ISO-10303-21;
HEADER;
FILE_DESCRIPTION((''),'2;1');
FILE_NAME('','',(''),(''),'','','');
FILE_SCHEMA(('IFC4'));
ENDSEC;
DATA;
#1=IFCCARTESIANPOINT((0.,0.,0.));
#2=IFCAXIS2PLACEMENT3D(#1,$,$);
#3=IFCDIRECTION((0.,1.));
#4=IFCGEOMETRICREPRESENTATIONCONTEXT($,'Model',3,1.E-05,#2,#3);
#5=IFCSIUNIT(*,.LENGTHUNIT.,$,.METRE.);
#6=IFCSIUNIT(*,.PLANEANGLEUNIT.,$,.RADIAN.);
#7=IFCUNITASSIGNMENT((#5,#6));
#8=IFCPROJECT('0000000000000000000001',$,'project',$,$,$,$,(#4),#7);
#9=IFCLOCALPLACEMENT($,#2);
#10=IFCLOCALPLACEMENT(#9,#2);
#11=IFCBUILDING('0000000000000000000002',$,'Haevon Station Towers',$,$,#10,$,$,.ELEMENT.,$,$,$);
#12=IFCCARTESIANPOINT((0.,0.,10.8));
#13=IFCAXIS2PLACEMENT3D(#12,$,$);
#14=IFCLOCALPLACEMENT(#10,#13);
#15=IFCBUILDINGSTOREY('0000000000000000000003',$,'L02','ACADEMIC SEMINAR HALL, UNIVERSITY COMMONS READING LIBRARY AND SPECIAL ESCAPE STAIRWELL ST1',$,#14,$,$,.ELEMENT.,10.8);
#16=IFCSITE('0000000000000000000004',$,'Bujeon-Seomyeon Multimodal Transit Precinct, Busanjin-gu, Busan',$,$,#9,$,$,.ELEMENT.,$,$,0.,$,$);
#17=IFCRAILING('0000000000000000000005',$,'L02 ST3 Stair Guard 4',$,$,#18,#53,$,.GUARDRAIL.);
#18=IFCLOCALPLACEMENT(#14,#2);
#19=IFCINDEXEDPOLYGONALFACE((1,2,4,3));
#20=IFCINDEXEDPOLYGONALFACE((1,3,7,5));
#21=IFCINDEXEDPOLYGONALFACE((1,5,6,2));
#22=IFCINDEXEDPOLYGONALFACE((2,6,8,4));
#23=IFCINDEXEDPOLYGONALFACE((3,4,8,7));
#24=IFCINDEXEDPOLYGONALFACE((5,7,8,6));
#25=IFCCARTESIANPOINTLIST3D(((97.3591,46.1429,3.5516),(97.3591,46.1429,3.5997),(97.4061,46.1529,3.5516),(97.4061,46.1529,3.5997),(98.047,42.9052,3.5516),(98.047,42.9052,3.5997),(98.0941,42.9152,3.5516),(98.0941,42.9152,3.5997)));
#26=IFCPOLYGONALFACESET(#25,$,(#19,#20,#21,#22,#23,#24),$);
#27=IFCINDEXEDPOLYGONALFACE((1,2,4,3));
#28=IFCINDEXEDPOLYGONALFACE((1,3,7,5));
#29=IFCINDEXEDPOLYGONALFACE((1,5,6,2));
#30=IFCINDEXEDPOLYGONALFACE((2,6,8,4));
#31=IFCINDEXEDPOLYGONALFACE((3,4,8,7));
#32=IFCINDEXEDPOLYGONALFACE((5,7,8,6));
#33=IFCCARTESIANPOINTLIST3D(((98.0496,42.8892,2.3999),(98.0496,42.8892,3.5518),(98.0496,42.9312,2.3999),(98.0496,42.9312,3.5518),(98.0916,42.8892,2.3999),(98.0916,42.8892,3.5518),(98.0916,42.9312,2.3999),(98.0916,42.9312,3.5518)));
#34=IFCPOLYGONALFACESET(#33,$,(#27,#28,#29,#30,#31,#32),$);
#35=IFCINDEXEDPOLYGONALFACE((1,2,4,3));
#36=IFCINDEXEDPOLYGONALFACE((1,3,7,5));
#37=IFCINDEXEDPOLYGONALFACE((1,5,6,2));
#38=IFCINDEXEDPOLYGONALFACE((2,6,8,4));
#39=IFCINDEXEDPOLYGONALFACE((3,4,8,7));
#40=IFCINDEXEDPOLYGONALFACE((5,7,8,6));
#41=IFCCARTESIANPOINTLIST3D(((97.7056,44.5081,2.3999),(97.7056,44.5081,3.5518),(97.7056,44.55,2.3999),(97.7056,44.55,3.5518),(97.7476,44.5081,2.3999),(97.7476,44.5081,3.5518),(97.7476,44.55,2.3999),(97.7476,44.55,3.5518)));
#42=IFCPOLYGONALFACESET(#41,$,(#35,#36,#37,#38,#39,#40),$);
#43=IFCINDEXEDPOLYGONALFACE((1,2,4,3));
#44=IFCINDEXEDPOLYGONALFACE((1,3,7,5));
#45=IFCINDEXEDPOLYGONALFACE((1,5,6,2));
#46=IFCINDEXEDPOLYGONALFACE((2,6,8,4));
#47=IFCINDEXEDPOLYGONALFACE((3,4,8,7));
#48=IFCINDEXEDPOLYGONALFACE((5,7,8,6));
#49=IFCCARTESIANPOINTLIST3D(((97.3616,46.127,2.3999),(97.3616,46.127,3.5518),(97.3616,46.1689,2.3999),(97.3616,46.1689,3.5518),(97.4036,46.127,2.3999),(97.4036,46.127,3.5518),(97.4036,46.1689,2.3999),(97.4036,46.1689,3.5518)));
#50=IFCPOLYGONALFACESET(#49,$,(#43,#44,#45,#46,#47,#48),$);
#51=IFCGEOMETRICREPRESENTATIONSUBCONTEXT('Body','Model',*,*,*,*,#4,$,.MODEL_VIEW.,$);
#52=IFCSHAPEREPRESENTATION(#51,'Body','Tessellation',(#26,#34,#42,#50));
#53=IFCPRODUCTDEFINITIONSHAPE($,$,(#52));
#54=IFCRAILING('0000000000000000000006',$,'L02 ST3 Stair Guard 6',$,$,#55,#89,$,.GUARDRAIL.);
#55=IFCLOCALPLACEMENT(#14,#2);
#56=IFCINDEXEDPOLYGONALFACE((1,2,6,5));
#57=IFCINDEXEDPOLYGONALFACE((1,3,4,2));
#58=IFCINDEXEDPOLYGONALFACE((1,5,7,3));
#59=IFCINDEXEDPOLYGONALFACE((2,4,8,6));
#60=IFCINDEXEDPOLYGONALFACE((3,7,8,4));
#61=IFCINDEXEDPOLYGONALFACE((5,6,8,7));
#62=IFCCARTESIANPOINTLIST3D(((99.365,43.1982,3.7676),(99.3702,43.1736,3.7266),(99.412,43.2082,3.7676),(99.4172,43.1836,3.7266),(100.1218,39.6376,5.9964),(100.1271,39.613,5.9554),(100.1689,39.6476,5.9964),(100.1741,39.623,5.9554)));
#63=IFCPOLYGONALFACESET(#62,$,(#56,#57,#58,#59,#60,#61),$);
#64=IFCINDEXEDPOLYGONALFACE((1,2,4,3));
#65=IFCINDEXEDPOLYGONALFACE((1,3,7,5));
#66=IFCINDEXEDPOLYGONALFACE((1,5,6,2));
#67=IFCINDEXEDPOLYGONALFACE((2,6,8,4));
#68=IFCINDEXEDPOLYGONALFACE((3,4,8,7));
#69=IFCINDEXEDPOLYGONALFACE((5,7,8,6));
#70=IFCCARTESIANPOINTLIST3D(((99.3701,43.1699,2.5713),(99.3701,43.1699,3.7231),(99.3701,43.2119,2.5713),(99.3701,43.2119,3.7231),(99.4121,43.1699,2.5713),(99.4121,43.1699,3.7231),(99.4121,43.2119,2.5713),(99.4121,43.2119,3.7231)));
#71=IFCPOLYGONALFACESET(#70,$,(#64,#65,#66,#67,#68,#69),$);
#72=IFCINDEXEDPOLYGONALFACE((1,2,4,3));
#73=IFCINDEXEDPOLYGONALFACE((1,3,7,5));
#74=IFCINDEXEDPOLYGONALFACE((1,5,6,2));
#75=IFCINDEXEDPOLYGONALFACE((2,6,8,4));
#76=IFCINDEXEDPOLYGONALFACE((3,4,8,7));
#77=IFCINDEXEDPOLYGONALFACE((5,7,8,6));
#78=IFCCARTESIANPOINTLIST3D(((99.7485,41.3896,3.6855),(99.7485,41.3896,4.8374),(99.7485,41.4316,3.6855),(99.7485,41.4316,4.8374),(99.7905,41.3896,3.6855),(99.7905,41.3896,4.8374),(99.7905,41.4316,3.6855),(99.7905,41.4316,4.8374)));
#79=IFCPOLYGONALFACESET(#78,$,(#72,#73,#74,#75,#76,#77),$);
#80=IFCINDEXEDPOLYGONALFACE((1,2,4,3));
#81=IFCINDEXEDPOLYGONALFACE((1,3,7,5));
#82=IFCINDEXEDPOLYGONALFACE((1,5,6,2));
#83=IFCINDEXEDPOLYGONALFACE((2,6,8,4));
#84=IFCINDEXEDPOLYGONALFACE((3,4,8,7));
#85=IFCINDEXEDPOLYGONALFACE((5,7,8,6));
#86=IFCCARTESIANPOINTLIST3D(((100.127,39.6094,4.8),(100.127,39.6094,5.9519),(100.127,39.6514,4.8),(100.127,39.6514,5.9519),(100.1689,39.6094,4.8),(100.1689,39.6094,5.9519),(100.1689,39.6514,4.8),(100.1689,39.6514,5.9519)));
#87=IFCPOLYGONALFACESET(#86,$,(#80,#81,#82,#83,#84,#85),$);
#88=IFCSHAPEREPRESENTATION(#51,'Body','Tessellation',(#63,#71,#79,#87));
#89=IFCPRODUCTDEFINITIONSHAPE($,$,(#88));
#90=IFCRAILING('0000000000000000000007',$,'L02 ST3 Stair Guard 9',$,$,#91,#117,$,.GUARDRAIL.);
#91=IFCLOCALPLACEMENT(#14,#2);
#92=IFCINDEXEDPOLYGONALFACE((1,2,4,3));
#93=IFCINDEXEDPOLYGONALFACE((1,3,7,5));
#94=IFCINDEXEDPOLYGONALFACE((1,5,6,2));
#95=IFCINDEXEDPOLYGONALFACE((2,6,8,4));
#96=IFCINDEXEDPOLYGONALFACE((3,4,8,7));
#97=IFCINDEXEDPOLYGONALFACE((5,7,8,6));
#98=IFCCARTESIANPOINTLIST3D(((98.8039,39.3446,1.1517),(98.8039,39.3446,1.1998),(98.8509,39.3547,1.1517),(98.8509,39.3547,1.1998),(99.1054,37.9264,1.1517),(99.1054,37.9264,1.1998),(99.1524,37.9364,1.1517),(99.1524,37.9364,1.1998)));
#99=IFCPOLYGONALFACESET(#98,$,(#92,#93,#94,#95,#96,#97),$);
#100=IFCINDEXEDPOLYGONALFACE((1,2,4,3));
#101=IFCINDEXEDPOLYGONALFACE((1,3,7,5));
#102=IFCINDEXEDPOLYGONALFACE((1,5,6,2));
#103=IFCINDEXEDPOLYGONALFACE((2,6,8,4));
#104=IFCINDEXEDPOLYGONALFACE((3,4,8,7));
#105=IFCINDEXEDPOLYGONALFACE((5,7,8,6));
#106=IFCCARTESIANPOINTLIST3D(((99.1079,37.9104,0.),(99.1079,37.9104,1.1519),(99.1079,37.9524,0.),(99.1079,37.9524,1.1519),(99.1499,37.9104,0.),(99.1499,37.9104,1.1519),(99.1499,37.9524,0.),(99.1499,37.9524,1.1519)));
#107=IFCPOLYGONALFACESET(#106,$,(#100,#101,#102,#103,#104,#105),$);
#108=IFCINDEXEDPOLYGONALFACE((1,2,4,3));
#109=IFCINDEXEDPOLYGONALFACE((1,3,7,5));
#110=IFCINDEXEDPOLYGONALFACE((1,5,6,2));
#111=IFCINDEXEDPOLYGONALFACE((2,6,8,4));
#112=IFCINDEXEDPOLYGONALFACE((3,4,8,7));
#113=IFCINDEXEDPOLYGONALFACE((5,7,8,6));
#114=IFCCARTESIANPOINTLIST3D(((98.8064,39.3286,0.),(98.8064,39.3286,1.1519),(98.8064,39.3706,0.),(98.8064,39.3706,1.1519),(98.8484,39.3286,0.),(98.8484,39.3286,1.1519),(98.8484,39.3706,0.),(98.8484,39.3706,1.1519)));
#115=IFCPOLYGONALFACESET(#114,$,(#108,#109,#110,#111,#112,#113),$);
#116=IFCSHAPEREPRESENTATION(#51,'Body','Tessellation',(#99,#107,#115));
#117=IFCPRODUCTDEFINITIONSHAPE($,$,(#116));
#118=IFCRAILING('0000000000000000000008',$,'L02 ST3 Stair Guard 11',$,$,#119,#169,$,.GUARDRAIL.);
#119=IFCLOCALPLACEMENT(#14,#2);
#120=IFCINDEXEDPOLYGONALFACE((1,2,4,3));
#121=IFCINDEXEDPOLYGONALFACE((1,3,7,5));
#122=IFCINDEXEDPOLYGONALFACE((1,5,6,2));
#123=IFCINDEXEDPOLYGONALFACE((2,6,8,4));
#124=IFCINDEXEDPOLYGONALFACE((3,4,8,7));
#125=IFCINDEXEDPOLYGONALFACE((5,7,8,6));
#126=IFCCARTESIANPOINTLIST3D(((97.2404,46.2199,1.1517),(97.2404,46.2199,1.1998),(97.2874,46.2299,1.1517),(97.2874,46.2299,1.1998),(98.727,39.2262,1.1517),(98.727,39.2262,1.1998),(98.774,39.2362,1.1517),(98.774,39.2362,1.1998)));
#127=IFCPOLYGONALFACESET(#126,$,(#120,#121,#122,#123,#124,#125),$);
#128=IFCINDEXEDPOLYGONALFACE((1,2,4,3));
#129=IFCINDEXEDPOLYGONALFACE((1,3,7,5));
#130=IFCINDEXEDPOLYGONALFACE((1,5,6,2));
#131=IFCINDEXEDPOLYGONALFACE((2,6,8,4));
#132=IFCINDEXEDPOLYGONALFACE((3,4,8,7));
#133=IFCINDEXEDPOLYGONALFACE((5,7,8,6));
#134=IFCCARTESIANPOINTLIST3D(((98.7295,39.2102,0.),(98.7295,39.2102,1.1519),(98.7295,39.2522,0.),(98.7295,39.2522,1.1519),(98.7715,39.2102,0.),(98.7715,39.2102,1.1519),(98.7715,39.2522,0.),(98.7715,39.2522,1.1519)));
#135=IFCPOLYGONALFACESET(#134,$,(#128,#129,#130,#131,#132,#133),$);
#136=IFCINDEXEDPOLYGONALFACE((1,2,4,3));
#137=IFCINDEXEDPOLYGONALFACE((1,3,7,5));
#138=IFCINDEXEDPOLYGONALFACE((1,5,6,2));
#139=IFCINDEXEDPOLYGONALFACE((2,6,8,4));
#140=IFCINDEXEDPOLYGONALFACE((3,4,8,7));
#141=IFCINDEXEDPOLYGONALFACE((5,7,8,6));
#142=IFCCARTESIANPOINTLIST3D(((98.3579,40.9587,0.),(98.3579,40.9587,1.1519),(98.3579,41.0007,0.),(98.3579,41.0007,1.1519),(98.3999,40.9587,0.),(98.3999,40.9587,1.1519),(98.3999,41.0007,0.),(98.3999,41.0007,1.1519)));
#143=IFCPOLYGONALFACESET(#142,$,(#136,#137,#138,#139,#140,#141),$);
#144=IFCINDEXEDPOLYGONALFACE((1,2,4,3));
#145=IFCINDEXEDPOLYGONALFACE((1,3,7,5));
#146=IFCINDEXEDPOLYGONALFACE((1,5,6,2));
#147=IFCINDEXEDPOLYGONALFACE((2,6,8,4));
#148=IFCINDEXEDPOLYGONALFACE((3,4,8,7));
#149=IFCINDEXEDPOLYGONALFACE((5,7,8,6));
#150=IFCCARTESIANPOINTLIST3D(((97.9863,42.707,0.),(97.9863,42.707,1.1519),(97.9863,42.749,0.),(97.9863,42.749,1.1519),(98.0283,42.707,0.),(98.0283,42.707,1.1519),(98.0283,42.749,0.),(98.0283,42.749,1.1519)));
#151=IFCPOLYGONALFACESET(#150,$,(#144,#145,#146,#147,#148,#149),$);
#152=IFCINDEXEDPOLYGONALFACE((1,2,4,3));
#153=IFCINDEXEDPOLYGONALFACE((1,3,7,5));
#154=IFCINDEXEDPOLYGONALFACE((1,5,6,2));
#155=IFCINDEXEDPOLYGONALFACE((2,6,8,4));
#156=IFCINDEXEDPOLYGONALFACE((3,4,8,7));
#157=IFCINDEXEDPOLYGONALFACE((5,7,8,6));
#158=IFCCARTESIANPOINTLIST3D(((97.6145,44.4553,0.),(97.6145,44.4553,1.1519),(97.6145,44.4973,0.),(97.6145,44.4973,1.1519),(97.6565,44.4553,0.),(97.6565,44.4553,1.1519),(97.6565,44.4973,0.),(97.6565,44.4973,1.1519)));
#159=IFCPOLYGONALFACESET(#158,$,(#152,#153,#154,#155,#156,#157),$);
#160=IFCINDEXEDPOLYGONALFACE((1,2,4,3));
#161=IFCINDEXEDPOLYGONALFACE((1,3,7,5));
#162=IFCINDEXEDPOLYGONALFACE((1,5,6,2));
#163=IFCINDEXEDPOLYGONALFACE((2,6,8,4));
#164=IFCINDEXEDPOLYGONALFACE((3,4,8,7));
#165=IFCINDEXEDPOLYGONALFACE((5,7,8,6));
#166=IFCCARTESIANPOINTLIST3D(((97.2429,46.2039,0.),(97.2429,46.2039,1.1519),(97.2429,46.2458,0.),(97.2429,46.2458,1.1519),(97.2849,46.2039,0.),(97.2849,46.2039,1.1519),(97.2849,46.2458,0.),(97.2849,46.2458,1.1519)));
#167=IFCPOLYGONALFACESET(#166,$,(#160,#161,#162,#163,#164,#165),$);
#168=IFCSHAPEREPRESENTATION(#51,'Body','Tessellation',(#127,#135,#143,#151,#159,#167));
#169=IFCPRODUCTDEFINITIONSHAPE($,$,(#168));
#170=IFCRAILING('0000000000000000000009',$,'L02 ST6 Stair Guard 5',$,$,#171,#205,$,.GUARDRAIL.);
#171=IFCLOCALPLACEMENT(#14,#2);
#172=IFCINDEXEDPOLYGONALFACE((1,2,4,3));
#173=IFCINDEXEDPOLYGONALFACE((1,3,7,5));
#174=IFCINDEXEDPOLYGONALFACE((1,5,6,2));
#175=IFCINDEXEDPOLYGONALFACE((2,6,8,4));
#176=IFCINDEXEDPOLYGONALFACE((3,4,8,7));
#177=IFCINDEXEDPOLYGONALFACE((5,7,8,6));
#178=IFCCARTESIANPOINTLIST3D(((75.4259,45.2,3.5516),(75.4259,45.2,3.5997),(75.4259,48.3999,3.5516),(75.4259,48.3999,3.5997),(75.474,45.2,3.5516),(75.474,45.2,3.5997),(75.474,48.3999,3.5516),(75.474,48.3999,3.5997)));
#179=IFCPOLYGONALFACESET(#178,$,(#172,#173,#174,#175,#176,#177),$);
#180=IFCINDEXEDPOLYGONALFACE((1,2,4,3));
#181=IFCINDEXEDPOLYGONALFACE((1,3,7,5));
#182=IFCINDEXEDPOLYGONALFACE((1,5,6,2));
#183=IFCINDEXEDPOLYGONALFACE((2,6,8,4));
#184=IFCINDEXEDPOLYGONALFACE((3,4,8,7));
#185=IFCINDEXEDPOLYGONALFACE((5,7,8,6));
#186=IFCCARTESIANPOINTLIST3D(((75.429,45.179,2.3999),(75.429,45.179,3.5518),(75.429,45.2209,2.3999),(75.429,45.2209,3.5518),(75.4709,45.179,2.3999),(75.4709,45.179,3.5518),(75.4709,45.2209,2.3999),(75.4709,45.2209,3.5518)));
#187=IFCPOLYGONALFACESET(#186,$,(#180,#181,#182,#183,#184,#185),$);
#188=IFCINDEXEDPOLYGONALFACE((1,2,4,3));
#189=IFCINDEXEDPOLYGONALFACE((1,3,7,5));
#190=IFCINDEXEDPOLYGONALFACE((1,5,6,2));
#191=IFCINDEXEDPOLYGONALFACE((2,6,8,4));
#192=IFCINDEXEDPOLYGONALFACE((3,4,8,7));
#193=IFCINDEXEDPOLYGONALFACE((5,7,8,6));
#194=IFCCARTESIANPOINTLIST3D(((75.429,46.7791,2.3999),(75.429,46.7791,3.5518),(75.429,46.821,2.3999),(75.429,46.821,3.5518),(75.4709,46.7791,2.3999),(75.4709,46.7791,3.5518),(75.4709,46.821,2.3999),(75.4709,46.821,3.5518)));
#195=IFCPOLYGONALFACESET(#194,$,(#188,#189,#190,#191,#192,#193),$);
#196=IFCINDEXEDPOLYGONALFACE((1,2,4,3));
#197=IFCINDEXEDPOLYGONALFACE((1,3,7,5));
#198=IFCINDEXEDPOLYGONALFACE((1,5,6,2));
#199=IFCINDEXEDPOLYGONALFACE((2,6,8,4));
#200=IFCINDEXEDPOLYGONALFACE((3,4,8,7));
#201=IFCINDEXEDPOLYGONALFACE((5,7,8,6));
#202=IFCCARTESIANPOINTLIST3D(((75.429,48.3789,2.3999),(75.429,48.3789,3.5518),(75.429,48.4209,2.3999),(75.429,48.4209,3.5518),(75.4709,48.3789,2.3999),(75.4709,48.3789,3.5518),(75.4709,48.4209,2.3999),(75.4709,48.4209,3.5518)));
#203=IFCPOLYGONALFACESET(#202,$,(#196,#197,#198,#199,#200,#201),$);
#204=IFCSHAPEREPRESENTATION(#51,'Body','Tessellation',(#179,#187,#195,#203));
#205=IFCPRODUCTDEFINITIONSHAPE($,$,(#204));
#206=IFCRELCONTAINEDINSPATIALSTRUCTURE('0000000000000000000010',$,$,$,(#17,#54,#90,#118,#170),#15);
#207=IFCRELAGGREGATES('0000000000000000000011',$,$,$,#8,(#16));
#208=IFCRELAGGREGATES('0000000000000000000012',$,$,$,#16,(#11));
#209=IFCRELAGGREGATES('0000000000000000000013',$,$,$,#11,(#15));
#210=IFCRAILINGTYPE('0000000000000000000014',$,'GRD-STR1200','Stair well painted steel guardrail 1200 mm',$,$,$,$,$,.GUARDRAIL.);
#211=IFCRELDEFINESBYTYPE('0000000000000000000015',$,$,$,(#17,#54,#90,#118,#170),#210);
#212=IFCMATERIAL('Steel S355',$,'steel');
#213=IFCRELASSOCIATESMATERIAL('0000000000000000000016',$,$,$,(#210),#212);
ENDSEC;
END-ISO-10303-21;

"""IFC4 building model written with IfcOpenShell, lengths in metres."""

from ifc_helpers import new_model, si_unit, direction, frame, origin, origin_2d, place, context, subcontext, project, spatial, rectangle, extrude, material, type_object, element, save


model = new_model("IFC4")

# Units and contexts
model_context = context("Model", 3, precision=1e-05, world=origin(), true_north=direction((0.0, 1.0)))
body_context = subcontext(model_context, "Body", "Model", "MODEL_VIEW")
ifc_project = project(units=[si_unit("LENGTHUNIT", "METRE"), si_unit("PLANEANGLEUNIT", "RADIAN")], contexts=[model_context])

# Site, building, storey
site_placement = place(None, origin())
site = spatial("IfcSite", under=ifc_project, at=site_placement, Name="Bujeon-Seomyeon Multimodal Transit Precinct, Busanjin-gu, Busan", CompositionType="ELEMENT", RefElevation=0.0)
building_placement = place(site_placement, origin())
building = spatial("IfcBuilding", under=site, at=building_placement, Name="Haevon Station Towers", CompositionType="ELEMENT")
storey_placement = place(building_placement, frame((0.0, 0.0, 10.8)))
storey = spatial("IfcBuildingStorey", under=building, at=storey_placement, Name="L02", Description="ACADEMIC SEMINAR HALL, UNIVERSITY COMMONS READING LIBRARY AND SPECIAL ESCAPE STAIRWELL ST1", CompositionType="ELEMENT", Elevation=10.8)

# Shared definitions
ifc_material_1 = material(Name="Steel S355", Category="steel")

# Railings
railing_type_1 = type_object("IfcRailingType", Name="GRD-STR1200", Description="Stair well painted steel guardrail 1200 mm", PredefinedType="GUARDRAIL", material=ifc_material_1)
railing_1_placement = place(storey_placement, frame((98.0706, 42.9102, 2.3999)))
element("IfcRailing", 1, at=railing_1_placement, inside=storey, type_object=railing_type_1, Name="L02 ST3 Stair Guard 4", PredefinedType="GUARDRAIL", context=body_context, shape_type="SweptSolid", body=[
    extrude(rectangle(XDim=0.0481, YDim=0.0481, at=origin_2d()), frame((0.0, 0.0, 1.1758), z_axis=(-0.207846, 0.978161, 0.0), x_axis=(-0.978161, -0.207846, 0.0)), (0.0, 0.0, 1.0), 3.3101),
    extrude(rectangle(XDim=0.042, YDim=0.042, at=origin_2d()), origin(), (0.0, 0.0, 1.0), 1.1519),
    extrude(rectangle(XDim=0.042, YDim=0.042, at=origin_2d()), frame((-0.344, 1.6189, 0.0)), (0.0, 0.0, 1.0), 1.1519),
    extrude(rectangle(XDim=0.042, YDim=0.042, at=origin_2d()), frame((-0.688, 3.2378, 0.0)), (0.0, 0.0, 1.0), 1.1519),
])
railing_2_placement = place(storey_placement, frame((99.3911, 43.1909, 2.5713)))
element("IfcRailing", 2, at=railing_2_placement, inside=storey, type_object=railing_type_1, Name="L02 ST3 Stair Guard 6", PredefinedType="GUARDRAIL", context=body_context, shape_type="SweptSolid", body=[
    extrude(rectangle(XDim=0.0481, YDim=0.0481, at=origin_2d()), frame((0.0, 0.0, 1.1758), z_axis=(0.177319, -0.8342, 0.522176), x_axis=(0.978147, 0.207917, 0.0)), (0.0, 0.0, 1.0), 4.2683),
    extrude(rectangle(XDim=0.042, YDim=0.042, at=origin_2d()), origin(), (0.0, 0.0, 1.0), 1.1519),
    extrude(rectangle(XDim=0.042, YDim=0.042, at=origin_2d()), frame((0.3784, -1.7803, 1.1143)), (0.0, 0.0, 1.0), 1.1519),
    extrude(rectangle(XDim=0.042, YDim=0.042, at=origin_2d()), frame((0.7568, -3.5605, 2.2288)), (0.0, 0.0, 1.0), 1.1519),
])
railing_3_placement = place(storey_placement, frame((99.1289, 37.9314, 0.0)))
element("IfcRailing", 3, at=railing_3_placement, inside=storey, type_object=railing_type_1, Name="L02 ST3 Stair Guard 9", PredefinedType="GUARDRAIL", context=body_context, shape_type="SweptSolid", body=[
    extrude(rectangle(XDim=0.0481, YDim=0.0481, at=origin_2d()), frame((0.0, 0.0, 1.1758), z_axis=(-0.207953, 0.978139, 0.0), x_axis=(-0.978139, -0.207953, 0.0)), (0.0, 0.0, 1.0), 1.45),
    extrude(rectangle(XDim=0.042, YDim=0.042, at=origin_2d()), origin(), (0.0, 0.0, 1.0), 1.1519),
    extrude(rectangle(XDim=0.042, YDim=0.042, at=origin_2d()), frame((-0.3015, 1.4182, 0.0)), (0.0, 0.0, 1.0), 1.1519),
])
railing_4_placement = place(storey_placement, frame((98.7505, 39.2312, 0.0)))
element("IfcRailing", 4, at=railing_4_placement, inside=storey, type_object=railing_type_1, Name="L02 ST3 Stair Guard 11", PredefinedType="GUARDRAIL", context=body_context, shape_type="SweptSolid", body=[
    extrude(rectangle(XDim=0.0481, YDim=0.0481, at=origin_2d()), frame((0.0, 0.0, 1.1758), z_axis=(-0.207915, 0.978147, 0.0), x_axis=(-0.978147, -0.207915, 0.0)), (0.0, 0.0, 1.0), 7.1499),
    extrude(rectangle(XDim=0.042, YDim=0.042, at=origin_2d()), origin(), (0.0, 0.0, 1.0), 1.1519),
    extrude(rectangle(XDim=0.042, YDim=0.042, at=origin_2d()), frame((-0.3716, 1.7485, 0.0)), (0.0, 0.0, 1.0), 1.1519),
    extrude(rectangle(XDim=0.042, YDim=0.042, at=origin_2d()), frame((-0.7432, 3.4968, 0.0)), (0.0, 0.0, 1.0), 1.1519),
    extrude(rectangle(XDim=0.042, YDim=0.042, at=origin_2d()), frame((-1.115, 5.2451, 0.0)), (0.0, 0.0, 1.0), 1.1519),
    extrude(rectangle(XDim=0.042, YDim=0.042, at=origin_2d()), frame((-1.4866, 6.9937, 0.0)), (0.0, 0.0, 1.0), 1.1519),
])
railing_5_placement = place(storey_placement, frame((75.45, 45.2, 2.3999)))
element("IfcRailing", 5, at=railing_5_placement, inside=storey, type_object=railing_type_1, Name="L02 ST6 Stair Guard 5", PredefinedType="GUARDRAIL", context=body_context, shape_type="SweptSolid", body=[
    extrude(rectangle(XDim=0.0481, YDim=0.0481, at=origin_2d()), frame((0.0, 0.0, 1.1758), z_axis=(0.0, 1.0, 0.0), x_axis=(-1.0, 0.0, 0.0)), (0.0, 0.0, 1.0), 3.2),
    extrude(rectangle(XDim=0.042, YDim=0.042, at=origin_2d()), origin(), (0.0, 0.0, 1.0), 1.1519),
    extrude(rectangle(XDim=0.042, YDim=0.042, at=origin_2d()), frame((0.0, 1.6001, 0.0)), (0.0, 0.0, 1.0), 1.1519),
    extrude(rectangle(XDim=0.042, YDim=0.042, at=origin_2d()), frame((0.0, 3.2, 0.0)), (0.0, 0.0, 1.0), 1.1519),
])

save(model, "model.ifc")
